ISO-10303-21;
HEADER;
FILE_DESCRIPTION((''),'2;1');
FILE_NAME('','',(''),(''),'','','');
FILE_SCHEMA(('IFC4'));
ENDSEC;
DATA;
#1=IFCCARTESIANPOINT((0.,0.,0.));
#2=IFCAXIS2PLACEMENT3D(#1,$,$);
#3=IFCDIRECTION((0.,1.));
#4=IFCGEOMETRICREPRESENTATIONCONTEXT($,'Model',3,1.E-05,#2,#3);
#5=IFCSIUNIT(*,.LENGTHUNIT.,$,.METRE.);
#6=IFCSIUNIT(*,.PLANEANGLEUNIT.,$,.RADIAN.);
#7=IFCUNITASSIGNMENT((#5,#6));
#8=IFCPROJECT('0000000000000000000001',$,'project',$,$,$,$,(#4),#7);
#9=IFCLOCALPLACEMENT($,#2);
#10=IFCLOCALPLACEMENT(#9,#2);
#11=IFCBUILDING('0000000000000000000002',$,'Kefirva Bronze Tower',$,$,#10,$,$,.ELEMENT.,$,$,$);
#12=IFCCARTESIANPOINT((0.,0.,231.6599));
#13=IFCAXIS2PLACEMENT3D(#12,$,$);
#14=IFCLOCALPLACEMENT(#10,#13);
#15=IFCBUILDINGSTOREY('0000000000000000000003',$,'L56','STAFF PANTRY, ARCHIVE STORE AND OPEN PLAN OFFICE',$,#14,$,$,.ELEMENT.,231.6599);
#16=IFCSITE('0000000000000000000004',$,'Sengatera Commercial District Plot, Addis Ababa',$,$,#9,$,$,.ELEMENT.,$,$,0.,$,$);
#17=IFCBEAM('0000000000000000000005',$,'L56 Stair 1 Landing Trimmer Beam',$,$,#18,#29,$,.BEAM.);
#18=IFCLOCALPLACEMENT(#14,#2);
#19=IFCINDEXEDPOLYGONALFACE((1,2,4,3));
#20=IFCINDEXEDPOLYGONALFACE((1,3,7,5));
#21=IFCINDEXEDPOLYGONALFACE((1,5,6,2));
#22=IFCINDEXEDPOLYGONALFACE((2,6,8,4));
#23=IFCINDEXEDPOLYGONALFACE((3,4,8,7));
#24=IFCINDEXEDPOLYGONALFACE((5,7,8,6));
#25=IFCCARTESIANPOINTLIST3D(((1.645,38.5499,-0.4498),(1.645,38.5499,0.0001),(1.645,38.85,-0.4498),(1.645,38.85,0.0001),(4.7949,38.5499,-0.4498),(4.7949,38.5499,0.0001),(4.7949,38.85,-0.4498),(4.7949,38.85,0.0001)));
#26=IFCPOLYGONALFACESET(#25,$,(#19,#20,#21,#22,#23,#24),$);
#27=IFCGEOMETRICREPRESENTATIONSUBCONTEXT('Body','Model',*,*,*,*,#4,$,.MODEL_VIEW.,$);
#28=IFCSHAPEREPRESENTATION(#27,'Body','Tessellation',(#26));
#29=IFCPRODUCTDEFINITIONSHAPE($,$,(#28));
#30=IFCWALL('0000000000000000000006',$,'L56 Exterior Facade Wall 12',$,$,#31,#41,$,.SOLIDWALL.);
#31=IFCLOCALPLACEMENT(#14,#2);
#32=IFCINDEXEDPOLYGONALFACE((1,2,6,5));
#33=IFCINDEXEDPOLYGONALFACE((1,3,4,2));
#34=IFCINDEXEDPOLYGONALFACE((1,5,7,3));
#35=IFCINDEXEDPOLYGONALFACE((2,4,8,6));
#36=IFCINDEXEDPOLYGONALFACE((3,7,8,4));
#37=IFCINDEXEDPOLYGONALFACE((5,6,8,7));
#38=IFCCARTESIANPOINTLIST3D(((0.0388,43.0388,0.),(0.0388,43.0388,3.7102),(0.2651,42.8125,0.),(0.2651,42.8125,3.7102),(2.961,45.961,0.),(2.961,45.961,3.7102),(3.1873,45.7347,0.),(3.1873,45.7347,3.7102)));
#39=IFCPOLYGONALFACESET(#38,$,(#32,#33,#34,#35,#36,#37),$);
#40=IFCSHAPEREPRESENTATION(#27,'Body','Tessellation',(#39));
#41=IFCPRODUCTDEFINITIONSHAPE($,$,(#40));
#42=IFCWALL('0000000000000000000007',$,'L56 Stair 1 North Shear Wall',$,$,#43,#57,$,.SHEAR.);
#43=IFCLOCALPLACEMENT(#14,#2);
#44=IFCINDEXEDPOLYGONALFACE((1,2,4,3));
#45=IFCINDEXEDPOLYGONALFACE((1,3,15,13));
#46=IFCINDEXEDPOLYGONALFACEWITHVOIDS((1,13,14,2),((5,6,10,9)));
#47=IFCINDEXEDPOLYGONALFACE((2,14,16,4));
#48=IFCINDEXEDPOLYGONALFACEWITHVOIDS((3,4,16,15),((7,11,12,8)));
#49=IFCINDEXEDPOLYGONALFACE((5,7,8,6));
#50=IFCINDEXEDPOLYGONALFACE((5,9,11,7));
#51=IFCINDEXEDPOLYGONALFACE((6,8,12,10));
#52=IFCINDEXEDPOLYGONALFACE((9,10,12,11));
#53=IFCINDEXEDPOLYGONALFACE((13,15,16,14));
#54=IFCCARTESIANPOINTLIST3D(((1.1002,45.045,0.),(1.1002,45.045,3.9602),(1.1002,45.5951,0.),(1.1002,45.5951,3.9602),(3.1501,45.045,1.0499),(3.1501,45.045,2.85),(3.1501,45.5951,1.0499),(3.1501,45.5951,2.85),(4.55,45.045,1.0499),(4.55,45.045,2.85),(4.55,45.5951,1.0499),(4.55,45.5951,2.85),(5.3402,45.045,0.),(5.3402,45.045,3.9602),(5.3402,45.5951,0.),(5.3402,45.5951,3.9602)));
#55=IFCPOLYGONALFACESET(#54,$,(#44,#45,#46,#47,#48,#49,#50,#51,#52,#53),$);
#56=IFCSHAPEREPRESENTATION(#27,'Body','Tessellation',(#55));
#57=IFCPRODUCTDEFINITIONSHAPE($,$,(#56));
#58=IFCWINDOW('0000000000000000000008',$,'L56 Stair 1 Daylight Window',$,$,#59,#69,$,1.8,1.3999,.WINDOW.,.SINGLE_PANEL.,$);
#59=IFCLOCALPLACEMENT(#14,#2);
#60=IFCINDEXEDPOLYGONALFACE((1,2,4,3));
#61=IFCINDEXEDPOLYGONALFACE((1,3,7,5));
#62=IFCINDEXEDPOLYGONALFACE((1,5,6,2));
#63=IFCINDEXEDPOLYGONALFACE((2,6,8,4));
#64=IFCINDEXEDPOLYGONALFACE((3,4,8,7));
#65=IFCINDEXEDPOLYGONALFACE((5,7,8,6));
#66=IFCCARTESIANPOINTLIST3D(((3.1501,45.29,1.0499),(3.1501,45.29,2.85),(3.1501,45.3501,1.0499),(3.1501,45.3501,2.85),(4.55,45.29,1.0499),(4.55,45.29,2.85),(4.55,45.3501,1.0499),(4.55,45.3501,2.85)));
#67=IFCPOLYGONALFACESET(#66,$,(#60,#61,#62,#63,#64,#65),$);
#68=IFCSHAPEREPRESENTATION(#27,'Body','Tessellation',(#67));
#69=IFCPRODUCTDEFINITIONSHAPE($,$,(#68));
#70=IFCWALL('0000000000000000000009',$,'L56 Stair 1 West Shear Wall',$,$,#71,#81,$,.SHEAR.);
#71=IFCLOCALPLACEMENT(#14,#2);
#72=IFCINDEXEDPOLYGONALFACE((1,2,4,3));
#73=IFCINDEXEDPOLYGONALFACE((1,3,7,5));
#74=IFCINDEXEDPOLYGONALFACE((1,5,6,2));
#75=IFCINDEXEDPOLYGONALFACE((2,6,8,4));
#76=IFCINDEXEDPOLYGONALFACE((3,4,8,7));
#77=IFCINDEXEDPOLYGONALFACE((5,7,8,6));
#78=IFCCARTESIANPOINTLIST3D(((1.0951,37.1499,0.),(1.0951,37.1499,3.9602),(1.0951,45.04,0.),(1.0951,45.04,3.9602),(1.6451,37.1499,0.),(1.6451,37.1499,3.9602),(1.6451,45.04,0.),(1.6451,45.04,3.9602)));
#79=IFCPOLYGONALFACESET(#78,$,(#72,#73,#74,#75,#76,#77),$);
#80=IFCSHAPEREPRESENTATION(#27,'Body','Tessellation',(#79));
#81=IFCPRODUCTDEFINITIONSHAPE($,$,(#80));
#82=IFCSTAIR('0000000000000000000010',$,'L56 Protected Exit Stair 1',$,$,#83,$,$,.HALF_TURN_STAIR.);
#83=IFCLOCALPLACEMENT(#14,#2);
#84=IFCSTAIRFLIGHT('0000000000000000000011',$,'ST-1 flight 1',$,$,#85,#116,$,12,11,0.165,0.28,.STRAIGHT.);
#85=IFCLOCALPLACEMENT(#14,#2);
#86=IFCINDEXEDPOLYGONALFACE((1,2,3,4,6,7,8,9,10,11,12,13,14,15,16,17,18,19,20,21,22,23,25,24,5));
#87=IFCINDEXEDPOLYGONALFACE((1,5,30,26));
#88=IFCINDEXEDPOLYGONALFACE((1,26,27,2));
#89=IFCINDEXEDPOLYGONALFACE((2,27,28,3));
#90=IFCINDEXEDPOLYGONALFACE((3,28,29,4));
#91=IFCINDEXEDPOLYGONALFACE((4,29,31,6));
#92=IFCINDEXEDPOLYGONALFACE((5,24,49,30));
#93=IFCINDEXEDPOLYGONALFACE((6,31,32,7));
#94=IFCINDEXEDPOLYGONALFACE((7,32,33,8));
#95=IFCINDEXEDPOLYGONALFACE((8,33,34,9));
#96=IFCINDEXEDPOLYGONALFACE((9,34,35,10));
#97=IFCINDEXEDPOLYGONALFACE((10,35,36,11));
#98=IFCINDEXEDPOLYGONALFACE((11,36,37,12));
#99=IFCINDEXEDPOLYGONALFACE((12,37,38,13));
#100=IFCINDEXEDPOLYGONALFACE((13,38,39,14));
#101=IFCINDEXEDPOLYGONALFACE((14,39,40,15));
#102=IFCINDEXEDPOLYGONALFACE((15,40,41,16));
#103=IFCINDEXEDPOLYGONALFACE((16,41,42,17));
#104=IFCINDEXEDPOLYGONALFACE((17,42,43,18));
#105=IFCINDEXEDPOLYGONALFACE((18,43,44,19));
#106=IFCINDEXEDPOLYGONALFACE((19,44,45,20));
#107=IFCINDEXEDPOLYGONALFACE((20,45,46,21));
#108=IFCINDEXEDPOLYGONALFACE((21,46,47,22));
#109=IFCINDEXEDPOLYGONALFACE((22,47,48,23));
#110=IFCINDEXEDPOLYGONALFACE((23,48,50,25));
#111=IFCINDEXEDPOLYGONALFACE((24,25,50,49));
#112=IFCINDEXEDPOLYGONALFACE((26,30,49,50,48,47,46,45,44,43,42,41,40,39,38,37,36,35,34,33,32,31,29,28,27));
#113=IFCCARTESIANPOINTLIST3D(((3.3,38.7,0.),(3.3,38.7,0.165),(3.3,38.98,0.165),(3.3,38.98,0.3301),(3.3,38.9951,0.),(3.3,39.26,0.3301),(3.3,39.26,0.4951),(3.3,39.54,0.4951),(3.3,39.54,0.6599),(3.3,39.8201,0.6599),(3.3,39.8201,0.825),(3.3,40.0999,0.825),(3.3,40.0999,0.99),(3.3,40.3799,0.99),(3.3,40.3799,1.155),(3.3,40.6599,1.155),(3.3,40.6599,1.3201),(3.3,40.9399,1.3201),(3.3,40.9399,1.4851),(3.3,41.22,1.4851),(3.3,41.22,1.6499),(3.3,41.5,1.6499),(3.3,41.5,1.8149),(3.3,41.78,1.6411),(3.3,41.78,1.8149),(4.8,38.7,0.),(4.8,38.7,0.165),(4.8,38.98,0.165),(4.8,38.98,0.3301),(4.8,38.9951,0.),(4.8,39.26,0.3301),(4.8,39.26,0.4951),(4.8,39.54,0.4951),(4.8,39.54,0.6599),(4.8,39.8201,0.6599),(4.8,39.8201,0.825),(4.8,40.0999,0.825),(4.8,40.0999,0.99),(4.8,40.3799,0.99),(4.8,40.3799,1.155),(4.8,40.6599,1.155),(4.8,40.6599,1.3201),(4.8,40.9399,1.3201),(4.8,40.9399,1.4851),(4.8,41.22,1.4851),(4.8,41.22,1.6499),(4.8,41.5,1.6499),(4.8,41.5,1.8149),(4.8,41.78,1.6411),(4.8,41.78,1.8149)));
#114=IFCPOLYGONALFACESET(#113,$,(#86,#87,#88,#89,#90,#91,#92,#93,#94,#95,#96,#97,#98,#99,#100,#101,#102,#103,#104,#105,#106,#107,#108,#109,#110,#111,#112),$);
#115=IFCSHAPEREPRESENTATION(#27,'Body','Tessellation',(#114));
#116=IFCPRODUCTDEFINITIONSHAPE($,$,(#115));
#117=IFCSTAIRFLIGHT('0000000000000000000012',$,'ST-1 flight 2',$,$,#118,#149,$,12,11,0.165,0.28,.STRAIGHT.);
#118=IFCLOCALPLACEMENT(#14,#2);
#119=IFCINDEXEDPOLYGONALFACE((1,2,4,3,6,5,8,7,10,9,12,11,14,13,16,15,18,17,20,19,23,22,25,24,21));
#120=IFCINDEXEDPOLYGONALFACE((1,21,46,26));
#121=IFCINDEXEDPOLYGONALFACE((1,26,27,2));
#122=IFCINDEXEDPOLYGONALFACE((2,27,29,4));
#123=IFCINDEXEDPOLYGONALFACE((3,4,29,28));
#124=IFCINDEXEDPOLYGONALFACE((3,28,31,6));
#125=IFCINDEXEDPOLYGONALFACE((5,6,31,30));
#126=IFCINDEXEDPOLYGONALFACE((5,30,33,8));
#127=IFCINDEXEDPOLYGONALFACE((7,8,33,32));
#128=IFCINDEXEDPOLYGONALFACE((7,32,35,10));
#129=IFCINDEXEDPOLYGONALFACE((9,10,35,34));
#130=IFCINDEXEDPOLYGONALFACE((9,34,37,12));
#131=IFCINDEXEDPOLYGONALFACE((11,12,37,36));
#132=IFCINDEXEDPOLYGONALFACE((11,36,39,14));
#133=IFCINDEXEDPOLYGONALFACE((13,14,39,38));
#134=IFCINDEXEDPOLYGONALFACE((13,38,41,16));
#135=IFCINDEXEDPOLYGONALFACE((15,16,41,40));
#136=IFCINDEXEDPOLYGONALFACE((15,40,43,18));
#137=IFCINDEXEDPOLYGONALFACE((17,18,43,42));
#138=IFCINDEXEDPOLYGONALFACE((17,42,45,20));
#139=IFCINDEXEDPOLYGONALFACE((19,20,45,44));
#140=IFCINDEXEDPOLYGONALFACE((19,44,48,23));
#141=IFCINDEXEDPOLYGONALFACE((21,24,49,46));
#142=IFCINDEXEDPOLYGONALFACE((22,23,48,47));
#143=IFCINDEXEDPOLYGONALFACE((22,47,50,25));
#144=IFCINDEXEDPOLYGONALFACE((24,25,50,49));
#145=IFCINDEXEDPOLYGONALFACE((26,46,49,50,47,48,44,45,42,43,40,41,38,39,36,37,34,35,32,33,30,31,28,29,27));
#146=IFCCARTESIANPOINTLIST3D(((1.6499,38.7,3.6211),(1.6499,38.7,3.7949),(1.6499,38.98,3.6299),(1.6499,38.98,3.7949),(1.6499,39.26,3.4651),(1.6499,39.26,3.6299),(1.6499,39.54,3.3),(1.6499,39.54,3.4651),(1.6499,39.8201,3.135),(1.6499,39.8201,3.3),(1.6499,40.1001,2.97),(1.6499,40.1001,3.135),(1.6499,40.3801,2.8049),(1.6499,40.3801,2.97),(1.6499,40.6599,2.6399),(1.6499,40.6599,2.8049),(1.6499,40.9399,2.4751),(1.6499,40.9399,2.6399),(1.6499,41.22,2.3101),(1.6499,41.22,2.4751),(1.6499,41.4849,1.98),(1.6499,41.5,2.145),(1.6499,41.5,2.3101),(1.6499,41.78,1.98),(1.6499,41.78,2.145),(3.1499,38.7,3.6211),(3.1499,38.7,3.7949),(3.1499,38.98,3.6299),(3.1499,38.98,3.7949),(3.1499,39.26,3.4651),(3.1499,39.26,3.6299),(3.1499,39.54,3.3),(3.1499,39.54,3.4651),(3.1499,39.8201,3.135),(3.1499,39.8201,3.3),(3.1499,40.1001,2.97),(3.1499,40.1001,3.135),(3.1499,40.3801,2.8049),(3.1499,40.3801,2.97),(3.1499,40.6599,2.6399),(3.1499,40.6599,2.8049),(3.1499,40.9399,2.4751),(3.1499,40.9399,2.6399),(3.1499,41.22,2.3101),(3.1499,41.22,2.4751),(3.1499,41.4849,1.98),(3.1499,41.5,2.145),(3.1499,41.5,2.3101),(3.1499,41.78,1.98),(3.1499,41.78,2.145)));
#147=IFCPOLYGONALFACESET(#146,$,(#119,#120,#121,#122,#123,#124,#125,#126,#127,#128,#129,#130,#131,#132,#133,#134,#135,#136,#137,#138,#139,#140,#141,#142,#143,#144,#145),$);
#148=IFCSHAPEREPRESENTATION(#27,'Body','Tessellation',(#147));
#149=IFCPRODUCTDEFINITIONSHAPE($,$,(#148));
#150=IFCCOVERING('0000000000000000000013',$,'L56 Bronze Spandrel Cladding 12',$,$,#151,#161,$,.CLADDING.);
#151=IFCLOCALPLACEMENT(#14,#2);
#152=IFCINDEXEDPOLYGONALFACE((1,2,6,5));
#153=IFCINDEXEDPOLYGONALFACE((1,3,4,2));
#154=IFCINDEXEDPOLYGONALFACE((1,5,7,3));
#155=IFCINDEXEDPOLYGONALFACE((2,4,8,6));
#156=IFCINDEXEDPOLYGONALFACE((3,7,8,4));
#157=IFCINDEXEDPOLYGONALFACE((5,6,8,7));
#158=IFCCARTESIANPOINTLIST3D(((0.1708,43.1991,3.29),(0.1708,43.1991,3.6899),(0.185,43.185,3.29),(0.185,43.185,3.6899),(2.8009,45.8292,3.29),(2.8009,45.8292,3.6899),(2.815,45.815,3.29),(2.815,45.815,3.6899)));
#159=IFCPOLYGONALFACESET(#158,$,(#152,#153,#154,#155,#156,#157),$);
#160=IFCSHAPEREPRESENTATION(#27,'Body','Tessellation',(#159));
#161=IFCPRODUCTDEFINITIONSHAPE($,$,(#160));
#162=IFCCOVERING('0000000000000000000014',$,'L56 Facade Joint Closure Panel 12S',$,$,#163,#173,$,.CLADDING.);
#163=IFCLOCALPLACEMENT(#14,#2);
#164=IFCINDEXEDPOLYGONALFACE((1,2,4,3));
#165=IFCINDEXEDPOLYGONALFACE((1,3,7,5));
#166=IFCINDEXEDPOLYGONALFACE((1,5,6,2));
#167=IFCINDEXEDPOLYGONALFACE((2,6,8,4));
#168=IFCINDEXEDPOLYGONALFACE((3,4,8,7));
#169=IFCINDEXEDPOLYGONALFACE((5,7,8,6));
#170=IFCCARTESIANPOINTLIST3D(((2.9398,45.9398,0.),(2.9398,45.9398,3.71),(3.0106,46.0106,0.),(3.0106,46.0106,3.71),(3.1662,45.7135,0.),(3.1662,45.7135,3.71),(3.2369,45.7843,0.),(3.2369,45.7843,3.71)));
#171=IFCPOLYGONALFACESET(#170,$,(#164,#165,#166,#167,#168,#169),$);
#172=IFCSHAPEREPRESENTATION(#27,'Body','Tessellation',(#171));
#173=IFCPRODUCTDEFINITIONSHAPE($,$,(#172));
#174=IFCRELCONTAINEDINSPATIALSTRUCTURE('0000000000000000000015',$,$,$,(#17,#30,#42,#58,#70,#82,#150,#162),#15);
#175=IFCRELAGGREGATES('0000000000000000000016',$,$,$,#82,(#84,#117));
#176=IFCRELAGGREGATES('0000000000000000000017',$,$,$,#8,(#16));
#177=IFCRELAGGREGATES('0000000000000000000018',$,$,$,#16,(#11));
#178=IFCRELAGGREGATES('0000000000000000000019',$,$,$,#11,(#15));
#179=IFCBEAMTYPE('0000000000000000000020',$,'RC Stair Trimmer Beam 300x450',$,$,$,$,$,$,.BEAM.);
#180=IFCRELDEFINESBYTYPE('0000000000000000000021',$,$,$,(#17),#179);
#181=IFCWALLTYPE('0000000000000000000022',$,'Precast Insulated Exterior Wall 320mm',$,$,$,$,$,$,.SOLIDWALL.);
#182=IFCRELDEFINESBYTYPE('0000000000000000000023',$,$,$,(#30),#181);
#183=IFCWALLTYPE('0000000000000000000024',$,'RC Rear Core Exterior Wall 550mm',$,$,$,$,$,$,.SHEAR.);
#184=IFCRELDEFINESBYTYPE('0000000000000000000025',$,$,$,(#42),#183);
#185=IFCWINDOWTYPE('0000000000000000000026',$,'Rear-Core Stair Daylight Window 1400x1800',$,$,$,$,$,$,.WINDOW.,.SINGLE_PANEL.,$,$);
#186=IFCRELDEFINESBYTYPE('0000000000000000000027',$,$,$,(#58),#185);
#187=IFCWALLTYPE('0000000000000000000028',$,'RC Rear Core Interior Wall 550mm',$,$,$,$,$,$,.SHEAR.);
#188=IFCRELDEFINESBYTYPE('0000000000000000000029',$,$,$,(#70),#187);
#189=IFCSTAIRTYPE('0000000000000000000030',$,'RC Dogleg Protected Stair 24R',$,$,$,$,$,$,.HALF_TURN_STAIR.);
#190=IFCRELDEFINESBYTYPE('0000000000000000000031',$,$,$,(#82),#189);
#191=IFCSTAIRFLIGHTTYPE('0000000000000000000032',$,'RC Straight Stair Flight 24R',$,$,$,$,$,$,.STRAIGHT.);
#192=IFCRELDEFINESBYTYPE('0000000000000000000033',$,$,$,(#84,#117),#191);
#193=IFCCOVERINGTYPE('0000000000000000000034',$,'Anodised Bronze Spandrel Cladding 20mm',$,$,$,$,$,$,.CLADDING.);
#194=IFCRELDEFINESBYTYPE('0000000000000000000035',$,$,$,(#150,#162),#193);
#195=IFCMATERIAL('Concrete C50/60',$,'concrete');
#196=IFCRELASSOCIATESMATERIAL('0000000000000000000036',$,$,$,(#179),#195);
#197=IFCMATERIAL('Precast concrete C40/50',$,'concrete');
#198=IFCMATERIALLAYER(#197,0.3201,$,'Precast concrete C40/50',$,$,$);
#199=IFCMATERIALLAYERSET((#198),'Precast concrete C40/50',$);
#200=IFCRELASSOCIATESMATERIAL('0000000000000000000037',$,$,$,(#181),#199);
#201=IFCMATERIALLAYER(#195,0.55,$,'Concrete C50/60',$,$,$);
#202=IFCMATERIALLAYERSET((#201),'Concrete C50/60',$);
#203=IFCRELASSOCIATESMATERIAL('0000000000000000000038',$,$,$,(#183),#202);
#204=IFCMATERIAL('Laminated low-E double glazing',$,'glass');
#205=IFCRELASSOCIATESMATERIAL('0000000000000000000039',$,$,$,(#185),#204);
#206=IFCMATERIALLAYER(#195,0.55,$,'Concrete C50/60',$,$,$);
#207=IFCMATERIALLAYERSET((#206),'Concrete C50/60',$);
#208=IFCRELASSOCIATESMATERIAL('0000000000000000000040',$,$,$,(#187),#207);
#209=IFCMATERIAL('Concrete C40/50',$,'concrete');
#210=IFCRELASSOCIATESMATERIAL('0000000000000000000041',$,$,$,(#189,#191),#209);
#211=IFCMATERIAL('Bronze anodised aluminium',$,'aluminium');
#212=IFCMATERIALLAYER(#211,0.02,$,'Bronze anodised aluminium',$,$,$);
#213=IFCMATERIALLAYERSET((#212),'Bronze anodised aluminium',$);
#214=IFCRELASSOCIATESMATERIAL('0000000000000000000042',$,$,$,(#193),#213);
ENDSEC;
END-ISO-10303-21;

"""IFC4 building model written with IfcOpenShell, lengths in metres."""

from ifc_helpers import new_model, si_unit, direction, frame, frame_2d, origin, origin_2d, place, context, subcontext, project, spatial, polyline, rectangle, outline, extrude, material, layer, layer_set, material_profile, profile_set, type_object, element, fill, aggregate, save


model = new_model("IFC4")

# Units and contexts
model_context = context("Model", 3, precision=1e-05, world=origin(), true_north=direction((0.0, 1.0)))
body_context = subcontext(model_context, "Body", "Model", "MODEL_VIEW")
ifc_project = project(units=[si_unit("LENGTHUNIT", "METRE"), si_unit("PLANEANGLEUNIT", "RADIAN")], contexts=[model_context])

# Site, building, storey
site_placement = place(None, origin())
site = spatial("IfcSite", under=ifc_project, at=site_placement, Name="Sengatera Commercial District Plot, Addis Ababa", CompositionType="ELEMENT", RefElevation=0.0)
building_placement = place(site_placement, origin())
building = spatial("IfcBuilding", under=site, at=building_placement, Name="Kefirva Bronze Tower", CompositionType="ELEMENT")
storey_placement = place(building_placement, frame((0.0, 0.0, 231.6599)))
storey = spatial("IfcBuildingStorey", under=building, at=storey_placement, Name="L56", Description="STAFF PANTRY, ARCHIVE STORE AND OPEN PLAN OFFICE", CompositionType="ELEMENT", Elevation=231.6599)

# Beam
ifc_material_1 = material(Name="Concrete C50/60", Category="concrete")
ifc_material_profile = material_profile(ifc_material_1, rectangle(XDim=0.3, YDim=0.45, at=origin_2d()), Name="RC 300x450")
ifc_profile_set = profile_set([ifc_material_profile], Name="Concrete C50/60")
beam_type = type_object("IfcBeamType", Name="RC Stair Trimmer Beam 300x450", PredefinedType="BEAM", material=ifc_profile_set)
beam_placement = place(storey_placement, frame((1.645, 38.7, -0.2249), z_axis=(1.0, 0.0, 0.0), x_axis=(0.0, 1.0, 0.0)))
element("IfcBeam", 1, at=beam_placement, inside=storey, type_object=beam_type, Name="L56 Stair 1 Landing Trimmer Beam", PredefinedType="BEAM", context=body_context, shape_type="SweptSolid", body=[
    extrude(rectangle(XDim=0.3, YDim=0.45, at=origin_2d()), origin(), (0.0, 0.0, 1.0), 3.1499),
])

# Wall
ifc_material_2 = material(Name="Precast concrete C40/50", Category="concrete")
ifc_layer_1 = layer(ifc_material_2, 0.3201, Name="Precast concrete C40/50")
ifc_layer_set_1 = layer_set([ifc_layer_1], Name="Precast concrete C40/50")
wall_type_1 = type_object("IfcWallType", Name="Precast Insulated Exterior Wall 320mm", PredefinedType="SOLIDWALL", material=ifc_layer_set_1)
wall_1_placement = place(storey_placement, frame((3.0742, 45.8479, 0.0), z_axis=(0.0, 0.0, 1.0), x_axis=(-0.707107, -0.707107, 0.0)))
element("IfcWall", 2, at=wall_1_placement, inside=storey, type_object=wall_type_1, Name="L56 Exterior Facade Wall 12", PredefinedType="SOLIDWALL", context=body_context, shape_type="SweptSolid", body=[
    extrude(rectangle(XDim=4.1326, YDim=0.3201, at=frame_2d((2.0664, 0.0))), origin(), (0.0, 0.0, 1.0), 3.7102),
])

# Wall, opening, window
ifc_layer_2 = layer(ifc_material_1, 0.55, Name="Concrete C50/60")
ifc_layer_set_2 = layer_set([ifc_layer_2], Name="Concrete C50/60")
wall_type_2 = type_object("IfcWallType", Name="RC Rear Core Exterior Wall 550mm", PredefinedType="SHEAR", material=ifc_layer_set_2)
wall_2_placement = place(storey_placement, frame((1.1001, 45.3201, 0.0), z_axis=(0.0, 0.0, 1.0), x_axis=(1.0, 0.0, 0.0)))
wall_2 = element("IfcWall", 3, at=wall_2_placement, inside=storey, type_object=wall_type_2, Name="L56 Stair 1 North Shear Wall", PredefinedType="SHEAR", context=body_context, shape_type="SweptSolid", body=[
    extrude(rectangle(XDim=4.24, YDim=0.55, at=frame_2d((2.1201, 0.0))), origin(), (0.0, 0.0, 1.0), 3.9602),
])
opening_1_placement = place(wall_2_placement, frame((2.05, 0.0, 1.05)))
opening_1 = element("IfcOpeningElement", 4, at=opening_1_placement, cuts=wall_2, PredefinedType="OPENING", context=body_context, shape_type="SweptSolid", body=[
    extrude(rectangle(XDim=1.3999, YDim=1.8, at=frame_2d((0.7, 0.8999))), frame((0.0, 0.2852, 0.0), z_axis=(0.0, -1.0, 0.0), x_axis=(1.0, 0.0, 0.0)), (0.0, 0.0, 1.0), 0.5701),
])
ifc_material_3 = material(Name="Laminated low-E double glazing", Category="glass")
window_type = type_object("IfcWindowType", Name="Rear-Core Stair Daylight Window 1400x1800", PartitioningType="SINGLE_PANEL", PredefinedType="WINDOW", material=ifc_material_3)
window_placement = place(opening_1_placement, origin())
window = element("IfcWindow", 5, at=window_placement, inside=storey, type_object=window_type, Name="L56 Stair 1 Daylight Window", OverallHeight=1.8, OverallWidth=1.3999, PartitioningType="SINGLE_PANEL", PredefinedType="WINDOW", context=body_context, shape_type="SweptSolid", body=[
    extrude(rectangle(XDim=1.3999, YDim=1.8, at=frame_2d((0.7, 0.8999))), frame((0.0, 0.03, 0.0), z_axis=(0.0, -1.0, 0.0), x_axis=(1.0, 0.0, 0.0)), (0.0, 0.0, 1.0), 0.0601),
])
fill(opening_1, window)

# Wall
ifc_layer_3 = layer(ifc_material_1, 0.55, Name="Concrete C50/60")
ifc_layer_set_3 = layer_set([ifc_layer_3], Name="Concrete C50/60")
wall_type_3 = type_object("IfcWallType", Name="RC Rear Core Interior Wall 550mm", PredefinedType="SHEAR", material=ifc_layer_set_3)
wall_3_placement = place(storey_placement, frame((1.3701, 37.1499, 0.0), z_axis=(0.0, 0.0, 1.0), x_axis=(0.0, 1.0, 0.0)))
element("IfcWall", 6, at=wall_3_placement, inside=storey, type_object=wall_type_3, Name="L56 Stair 1 West Shear Wall", PredefinedType="SHEAR", context=body_context, shape_type="SweptSolid", body=[
    extrude(rectangle(XDim=7.8901, YDim=0.55, at=frame_2d((3.9451, 0.0))), origin(), (0.0, 0.0, 1.0), 3.9602),
])

# Stair, stair flights
ifc_material_4 = material(Name="Concrete C40/50", Category="concrete")
stair_type = type_object("IfcStairType", Name="RC Dogleg Protected Stair 24R", PredefinedType="HALF_TURN_STAIR", material=ifc_material_4)
stair_placement = place(storey_placement, origin())
stair = element("IfcStair", 7, at=stair_placement, inside=storey, type_object=stair_type, Name="L56 Protected Exit Stair 1", PredefinedType="HALF_TURN_STAIR")
stair_flight_type = type_object("IfcStairFlightType", Name="RC Straight Stair Flight 24R", PredefinedType="STRAIGHT", material=ifc_material_4)
stair_flight_1_placement = place(storey_placement, frame((4.05, 38.7, 0.0), z_axis=(0.0, 0.0, 1.0), x_axis=(0.0, 1.0, 0.0)))
stair_flight_1 = element("IfcStairFlight", 8, at=stair_flight_1_placement, type_object=stair_flight_type, Name="ST-1 flight 1", NumberOfRisers=12, NumberOfTreads=11, PredefinedType="STRAIGHT", RiserHeight=0.165, TreadLength=0.28, context=body_context, shape_type="SweptSolid", body=[
    extrude(outline(polyline([(0.0, 0.0), (0.0, 0.165), (0.28, 0.165), (0.28, 0.3301), (0.5601, 0.3301), (0.5601, 0.4951), (0.8401, 0.4951), (0.8401, 0.6599), (1.1201, 0.6599), (1.1201, 0.825), (1.3999, 0.825), (1.3999, 0.99), (1.6799, 0.99), (1.6799, 1.155), (1.96, 1.155), (1.96, 1.3201), (2.24, 1.3201), (2.24, 1.4851), (2.52, 1.4851), (2.52, 1.6499), (2.8, 1.6499), (2.8, 1.8149), (3.0801, 1.8149), (3.0801, 1.98), (3.0801, 1.6411), (0.2952, 0.0), (0.0, 0.0)])), frame((0.0, 0.75, 0.0), z_axis=(0.0, -1.0, 0.0), x_axis=(1.0, 0.0, 0.0)), (0.0, 0.0, 1.0), 1.5),
])
stair_flight_2_placement = place(storey_placement, frame((2.3999, 41.78, 1.98), z_axis=(0.0, 0.0, 1.0), x_axis=(0.0, -1.0, 0.0)))
stair_flight_2 = element("IfcStairFlight", 9, at=stair_flight_2_placement, type_object=stair_flight_type, Name="ST-1 flight 2", NumberOfRisers=12, NumberOfTreads=11, PredefinedType="STRAIGHT", RiserHeight=0.165, TreadLength=0.28, context=body_context, shape_type="SweptSolid", body=[
    extrude(outline(polyline([(0.0, 0.0), (0.0, 0.165), (0.28, 0.165), (0.28, 0.3301), (0.5601, 0.3301), (0.5601, 0.4951), (0.8401, 0.4951), (0.8401, 0.6599), (1.1201, 0.6599), (1.1201, 0.825), (1.3999, 0.825), (1.3999, 0.99), (1.6799, 0.99), (1.6799, 1.155), (1.96, 1.155), (1.96, 1.3201), (2.24, 1.3201), (2.24, 1.4851), (2.52, 1.4851), (2.52, 1.6499), (2.8, 1.6499), (2.8, 1.8149), (3.0801, 1.8149), (3.0801, 1.98), (3.0801, 1.6411), (0.2952, 0.0), (0.0, 0.0)])), frame((0.0, 0.75, 0.0), z_axis=(0.0, -1.0, 0.0), x_axis=(1.0, 0.0, 0.0)), (0.0, 0.0, 1.0), 1.5),
])
aggregate(stair, [stair_flight_1, stair_flight_2])

# Coverings
ifc_material_5 = material(Name="Bronze anodised aluminium", Category="aluminium")
ifc_layer_4 = layer(ifc_material_5, 0.02, Name="Bronze anodised aluminium")
ifc_layer_set_4 = layer_set([ifc_layer_4], Name="Bronze anodised aluminium")
covering_type_1 = type_object("IfcCoveringType", Name="Anodised Bronze Spandrel Cladding 20mm", PredefinedType="CLADDING", material=ifc_layer_set_4)
covering_1_placement = place(storey_placement, frame((1.4929, 44.5071, 3.29), z_axis=(0.0, 0.0, 1.0), x_axis=(-0.707107, -0.707107, 0.0)))
element("IfcCovering", 10, at=covering_1_placement, inside=storey, type_object=covering_type_1, Name="L56 Bronze Spandrel Cladding 12", PredefinedType="CLADDING", context=body_context, shape_type="SweptSolid", body=[
    extrude(rectangle(XDim=3.7195, YDim=0.02, at=origin_2d()), origin(), (0.0, 0.0, 1.0), 0.3999),
])
for number, where, z_axis, x_axis, name in (
    (11, (3.0884, 45.8621, 0.0), (0.0, 0.0, 1.0), (-0.707107, -0.707107, 0.0), "L56 Facade Joint Closure Panel 12S"),
):
    element("IfcCovering", number, at=place(storey_placement, frame(where, z_axis=z_axis, x_axis=x_axis)), inside=storey, type_object=covering_type_1, Name=name, PredefinedType="CLADDING", context=body_context, shape_type="SweptSolid", body=[
        extrude(rectangle(XDim=0.1001, YDim=0.3201, at=origin_2d()), origin(), (0.0, 0.0, 1.0), 3.71),
    ])

save(model, "model.ifc")
